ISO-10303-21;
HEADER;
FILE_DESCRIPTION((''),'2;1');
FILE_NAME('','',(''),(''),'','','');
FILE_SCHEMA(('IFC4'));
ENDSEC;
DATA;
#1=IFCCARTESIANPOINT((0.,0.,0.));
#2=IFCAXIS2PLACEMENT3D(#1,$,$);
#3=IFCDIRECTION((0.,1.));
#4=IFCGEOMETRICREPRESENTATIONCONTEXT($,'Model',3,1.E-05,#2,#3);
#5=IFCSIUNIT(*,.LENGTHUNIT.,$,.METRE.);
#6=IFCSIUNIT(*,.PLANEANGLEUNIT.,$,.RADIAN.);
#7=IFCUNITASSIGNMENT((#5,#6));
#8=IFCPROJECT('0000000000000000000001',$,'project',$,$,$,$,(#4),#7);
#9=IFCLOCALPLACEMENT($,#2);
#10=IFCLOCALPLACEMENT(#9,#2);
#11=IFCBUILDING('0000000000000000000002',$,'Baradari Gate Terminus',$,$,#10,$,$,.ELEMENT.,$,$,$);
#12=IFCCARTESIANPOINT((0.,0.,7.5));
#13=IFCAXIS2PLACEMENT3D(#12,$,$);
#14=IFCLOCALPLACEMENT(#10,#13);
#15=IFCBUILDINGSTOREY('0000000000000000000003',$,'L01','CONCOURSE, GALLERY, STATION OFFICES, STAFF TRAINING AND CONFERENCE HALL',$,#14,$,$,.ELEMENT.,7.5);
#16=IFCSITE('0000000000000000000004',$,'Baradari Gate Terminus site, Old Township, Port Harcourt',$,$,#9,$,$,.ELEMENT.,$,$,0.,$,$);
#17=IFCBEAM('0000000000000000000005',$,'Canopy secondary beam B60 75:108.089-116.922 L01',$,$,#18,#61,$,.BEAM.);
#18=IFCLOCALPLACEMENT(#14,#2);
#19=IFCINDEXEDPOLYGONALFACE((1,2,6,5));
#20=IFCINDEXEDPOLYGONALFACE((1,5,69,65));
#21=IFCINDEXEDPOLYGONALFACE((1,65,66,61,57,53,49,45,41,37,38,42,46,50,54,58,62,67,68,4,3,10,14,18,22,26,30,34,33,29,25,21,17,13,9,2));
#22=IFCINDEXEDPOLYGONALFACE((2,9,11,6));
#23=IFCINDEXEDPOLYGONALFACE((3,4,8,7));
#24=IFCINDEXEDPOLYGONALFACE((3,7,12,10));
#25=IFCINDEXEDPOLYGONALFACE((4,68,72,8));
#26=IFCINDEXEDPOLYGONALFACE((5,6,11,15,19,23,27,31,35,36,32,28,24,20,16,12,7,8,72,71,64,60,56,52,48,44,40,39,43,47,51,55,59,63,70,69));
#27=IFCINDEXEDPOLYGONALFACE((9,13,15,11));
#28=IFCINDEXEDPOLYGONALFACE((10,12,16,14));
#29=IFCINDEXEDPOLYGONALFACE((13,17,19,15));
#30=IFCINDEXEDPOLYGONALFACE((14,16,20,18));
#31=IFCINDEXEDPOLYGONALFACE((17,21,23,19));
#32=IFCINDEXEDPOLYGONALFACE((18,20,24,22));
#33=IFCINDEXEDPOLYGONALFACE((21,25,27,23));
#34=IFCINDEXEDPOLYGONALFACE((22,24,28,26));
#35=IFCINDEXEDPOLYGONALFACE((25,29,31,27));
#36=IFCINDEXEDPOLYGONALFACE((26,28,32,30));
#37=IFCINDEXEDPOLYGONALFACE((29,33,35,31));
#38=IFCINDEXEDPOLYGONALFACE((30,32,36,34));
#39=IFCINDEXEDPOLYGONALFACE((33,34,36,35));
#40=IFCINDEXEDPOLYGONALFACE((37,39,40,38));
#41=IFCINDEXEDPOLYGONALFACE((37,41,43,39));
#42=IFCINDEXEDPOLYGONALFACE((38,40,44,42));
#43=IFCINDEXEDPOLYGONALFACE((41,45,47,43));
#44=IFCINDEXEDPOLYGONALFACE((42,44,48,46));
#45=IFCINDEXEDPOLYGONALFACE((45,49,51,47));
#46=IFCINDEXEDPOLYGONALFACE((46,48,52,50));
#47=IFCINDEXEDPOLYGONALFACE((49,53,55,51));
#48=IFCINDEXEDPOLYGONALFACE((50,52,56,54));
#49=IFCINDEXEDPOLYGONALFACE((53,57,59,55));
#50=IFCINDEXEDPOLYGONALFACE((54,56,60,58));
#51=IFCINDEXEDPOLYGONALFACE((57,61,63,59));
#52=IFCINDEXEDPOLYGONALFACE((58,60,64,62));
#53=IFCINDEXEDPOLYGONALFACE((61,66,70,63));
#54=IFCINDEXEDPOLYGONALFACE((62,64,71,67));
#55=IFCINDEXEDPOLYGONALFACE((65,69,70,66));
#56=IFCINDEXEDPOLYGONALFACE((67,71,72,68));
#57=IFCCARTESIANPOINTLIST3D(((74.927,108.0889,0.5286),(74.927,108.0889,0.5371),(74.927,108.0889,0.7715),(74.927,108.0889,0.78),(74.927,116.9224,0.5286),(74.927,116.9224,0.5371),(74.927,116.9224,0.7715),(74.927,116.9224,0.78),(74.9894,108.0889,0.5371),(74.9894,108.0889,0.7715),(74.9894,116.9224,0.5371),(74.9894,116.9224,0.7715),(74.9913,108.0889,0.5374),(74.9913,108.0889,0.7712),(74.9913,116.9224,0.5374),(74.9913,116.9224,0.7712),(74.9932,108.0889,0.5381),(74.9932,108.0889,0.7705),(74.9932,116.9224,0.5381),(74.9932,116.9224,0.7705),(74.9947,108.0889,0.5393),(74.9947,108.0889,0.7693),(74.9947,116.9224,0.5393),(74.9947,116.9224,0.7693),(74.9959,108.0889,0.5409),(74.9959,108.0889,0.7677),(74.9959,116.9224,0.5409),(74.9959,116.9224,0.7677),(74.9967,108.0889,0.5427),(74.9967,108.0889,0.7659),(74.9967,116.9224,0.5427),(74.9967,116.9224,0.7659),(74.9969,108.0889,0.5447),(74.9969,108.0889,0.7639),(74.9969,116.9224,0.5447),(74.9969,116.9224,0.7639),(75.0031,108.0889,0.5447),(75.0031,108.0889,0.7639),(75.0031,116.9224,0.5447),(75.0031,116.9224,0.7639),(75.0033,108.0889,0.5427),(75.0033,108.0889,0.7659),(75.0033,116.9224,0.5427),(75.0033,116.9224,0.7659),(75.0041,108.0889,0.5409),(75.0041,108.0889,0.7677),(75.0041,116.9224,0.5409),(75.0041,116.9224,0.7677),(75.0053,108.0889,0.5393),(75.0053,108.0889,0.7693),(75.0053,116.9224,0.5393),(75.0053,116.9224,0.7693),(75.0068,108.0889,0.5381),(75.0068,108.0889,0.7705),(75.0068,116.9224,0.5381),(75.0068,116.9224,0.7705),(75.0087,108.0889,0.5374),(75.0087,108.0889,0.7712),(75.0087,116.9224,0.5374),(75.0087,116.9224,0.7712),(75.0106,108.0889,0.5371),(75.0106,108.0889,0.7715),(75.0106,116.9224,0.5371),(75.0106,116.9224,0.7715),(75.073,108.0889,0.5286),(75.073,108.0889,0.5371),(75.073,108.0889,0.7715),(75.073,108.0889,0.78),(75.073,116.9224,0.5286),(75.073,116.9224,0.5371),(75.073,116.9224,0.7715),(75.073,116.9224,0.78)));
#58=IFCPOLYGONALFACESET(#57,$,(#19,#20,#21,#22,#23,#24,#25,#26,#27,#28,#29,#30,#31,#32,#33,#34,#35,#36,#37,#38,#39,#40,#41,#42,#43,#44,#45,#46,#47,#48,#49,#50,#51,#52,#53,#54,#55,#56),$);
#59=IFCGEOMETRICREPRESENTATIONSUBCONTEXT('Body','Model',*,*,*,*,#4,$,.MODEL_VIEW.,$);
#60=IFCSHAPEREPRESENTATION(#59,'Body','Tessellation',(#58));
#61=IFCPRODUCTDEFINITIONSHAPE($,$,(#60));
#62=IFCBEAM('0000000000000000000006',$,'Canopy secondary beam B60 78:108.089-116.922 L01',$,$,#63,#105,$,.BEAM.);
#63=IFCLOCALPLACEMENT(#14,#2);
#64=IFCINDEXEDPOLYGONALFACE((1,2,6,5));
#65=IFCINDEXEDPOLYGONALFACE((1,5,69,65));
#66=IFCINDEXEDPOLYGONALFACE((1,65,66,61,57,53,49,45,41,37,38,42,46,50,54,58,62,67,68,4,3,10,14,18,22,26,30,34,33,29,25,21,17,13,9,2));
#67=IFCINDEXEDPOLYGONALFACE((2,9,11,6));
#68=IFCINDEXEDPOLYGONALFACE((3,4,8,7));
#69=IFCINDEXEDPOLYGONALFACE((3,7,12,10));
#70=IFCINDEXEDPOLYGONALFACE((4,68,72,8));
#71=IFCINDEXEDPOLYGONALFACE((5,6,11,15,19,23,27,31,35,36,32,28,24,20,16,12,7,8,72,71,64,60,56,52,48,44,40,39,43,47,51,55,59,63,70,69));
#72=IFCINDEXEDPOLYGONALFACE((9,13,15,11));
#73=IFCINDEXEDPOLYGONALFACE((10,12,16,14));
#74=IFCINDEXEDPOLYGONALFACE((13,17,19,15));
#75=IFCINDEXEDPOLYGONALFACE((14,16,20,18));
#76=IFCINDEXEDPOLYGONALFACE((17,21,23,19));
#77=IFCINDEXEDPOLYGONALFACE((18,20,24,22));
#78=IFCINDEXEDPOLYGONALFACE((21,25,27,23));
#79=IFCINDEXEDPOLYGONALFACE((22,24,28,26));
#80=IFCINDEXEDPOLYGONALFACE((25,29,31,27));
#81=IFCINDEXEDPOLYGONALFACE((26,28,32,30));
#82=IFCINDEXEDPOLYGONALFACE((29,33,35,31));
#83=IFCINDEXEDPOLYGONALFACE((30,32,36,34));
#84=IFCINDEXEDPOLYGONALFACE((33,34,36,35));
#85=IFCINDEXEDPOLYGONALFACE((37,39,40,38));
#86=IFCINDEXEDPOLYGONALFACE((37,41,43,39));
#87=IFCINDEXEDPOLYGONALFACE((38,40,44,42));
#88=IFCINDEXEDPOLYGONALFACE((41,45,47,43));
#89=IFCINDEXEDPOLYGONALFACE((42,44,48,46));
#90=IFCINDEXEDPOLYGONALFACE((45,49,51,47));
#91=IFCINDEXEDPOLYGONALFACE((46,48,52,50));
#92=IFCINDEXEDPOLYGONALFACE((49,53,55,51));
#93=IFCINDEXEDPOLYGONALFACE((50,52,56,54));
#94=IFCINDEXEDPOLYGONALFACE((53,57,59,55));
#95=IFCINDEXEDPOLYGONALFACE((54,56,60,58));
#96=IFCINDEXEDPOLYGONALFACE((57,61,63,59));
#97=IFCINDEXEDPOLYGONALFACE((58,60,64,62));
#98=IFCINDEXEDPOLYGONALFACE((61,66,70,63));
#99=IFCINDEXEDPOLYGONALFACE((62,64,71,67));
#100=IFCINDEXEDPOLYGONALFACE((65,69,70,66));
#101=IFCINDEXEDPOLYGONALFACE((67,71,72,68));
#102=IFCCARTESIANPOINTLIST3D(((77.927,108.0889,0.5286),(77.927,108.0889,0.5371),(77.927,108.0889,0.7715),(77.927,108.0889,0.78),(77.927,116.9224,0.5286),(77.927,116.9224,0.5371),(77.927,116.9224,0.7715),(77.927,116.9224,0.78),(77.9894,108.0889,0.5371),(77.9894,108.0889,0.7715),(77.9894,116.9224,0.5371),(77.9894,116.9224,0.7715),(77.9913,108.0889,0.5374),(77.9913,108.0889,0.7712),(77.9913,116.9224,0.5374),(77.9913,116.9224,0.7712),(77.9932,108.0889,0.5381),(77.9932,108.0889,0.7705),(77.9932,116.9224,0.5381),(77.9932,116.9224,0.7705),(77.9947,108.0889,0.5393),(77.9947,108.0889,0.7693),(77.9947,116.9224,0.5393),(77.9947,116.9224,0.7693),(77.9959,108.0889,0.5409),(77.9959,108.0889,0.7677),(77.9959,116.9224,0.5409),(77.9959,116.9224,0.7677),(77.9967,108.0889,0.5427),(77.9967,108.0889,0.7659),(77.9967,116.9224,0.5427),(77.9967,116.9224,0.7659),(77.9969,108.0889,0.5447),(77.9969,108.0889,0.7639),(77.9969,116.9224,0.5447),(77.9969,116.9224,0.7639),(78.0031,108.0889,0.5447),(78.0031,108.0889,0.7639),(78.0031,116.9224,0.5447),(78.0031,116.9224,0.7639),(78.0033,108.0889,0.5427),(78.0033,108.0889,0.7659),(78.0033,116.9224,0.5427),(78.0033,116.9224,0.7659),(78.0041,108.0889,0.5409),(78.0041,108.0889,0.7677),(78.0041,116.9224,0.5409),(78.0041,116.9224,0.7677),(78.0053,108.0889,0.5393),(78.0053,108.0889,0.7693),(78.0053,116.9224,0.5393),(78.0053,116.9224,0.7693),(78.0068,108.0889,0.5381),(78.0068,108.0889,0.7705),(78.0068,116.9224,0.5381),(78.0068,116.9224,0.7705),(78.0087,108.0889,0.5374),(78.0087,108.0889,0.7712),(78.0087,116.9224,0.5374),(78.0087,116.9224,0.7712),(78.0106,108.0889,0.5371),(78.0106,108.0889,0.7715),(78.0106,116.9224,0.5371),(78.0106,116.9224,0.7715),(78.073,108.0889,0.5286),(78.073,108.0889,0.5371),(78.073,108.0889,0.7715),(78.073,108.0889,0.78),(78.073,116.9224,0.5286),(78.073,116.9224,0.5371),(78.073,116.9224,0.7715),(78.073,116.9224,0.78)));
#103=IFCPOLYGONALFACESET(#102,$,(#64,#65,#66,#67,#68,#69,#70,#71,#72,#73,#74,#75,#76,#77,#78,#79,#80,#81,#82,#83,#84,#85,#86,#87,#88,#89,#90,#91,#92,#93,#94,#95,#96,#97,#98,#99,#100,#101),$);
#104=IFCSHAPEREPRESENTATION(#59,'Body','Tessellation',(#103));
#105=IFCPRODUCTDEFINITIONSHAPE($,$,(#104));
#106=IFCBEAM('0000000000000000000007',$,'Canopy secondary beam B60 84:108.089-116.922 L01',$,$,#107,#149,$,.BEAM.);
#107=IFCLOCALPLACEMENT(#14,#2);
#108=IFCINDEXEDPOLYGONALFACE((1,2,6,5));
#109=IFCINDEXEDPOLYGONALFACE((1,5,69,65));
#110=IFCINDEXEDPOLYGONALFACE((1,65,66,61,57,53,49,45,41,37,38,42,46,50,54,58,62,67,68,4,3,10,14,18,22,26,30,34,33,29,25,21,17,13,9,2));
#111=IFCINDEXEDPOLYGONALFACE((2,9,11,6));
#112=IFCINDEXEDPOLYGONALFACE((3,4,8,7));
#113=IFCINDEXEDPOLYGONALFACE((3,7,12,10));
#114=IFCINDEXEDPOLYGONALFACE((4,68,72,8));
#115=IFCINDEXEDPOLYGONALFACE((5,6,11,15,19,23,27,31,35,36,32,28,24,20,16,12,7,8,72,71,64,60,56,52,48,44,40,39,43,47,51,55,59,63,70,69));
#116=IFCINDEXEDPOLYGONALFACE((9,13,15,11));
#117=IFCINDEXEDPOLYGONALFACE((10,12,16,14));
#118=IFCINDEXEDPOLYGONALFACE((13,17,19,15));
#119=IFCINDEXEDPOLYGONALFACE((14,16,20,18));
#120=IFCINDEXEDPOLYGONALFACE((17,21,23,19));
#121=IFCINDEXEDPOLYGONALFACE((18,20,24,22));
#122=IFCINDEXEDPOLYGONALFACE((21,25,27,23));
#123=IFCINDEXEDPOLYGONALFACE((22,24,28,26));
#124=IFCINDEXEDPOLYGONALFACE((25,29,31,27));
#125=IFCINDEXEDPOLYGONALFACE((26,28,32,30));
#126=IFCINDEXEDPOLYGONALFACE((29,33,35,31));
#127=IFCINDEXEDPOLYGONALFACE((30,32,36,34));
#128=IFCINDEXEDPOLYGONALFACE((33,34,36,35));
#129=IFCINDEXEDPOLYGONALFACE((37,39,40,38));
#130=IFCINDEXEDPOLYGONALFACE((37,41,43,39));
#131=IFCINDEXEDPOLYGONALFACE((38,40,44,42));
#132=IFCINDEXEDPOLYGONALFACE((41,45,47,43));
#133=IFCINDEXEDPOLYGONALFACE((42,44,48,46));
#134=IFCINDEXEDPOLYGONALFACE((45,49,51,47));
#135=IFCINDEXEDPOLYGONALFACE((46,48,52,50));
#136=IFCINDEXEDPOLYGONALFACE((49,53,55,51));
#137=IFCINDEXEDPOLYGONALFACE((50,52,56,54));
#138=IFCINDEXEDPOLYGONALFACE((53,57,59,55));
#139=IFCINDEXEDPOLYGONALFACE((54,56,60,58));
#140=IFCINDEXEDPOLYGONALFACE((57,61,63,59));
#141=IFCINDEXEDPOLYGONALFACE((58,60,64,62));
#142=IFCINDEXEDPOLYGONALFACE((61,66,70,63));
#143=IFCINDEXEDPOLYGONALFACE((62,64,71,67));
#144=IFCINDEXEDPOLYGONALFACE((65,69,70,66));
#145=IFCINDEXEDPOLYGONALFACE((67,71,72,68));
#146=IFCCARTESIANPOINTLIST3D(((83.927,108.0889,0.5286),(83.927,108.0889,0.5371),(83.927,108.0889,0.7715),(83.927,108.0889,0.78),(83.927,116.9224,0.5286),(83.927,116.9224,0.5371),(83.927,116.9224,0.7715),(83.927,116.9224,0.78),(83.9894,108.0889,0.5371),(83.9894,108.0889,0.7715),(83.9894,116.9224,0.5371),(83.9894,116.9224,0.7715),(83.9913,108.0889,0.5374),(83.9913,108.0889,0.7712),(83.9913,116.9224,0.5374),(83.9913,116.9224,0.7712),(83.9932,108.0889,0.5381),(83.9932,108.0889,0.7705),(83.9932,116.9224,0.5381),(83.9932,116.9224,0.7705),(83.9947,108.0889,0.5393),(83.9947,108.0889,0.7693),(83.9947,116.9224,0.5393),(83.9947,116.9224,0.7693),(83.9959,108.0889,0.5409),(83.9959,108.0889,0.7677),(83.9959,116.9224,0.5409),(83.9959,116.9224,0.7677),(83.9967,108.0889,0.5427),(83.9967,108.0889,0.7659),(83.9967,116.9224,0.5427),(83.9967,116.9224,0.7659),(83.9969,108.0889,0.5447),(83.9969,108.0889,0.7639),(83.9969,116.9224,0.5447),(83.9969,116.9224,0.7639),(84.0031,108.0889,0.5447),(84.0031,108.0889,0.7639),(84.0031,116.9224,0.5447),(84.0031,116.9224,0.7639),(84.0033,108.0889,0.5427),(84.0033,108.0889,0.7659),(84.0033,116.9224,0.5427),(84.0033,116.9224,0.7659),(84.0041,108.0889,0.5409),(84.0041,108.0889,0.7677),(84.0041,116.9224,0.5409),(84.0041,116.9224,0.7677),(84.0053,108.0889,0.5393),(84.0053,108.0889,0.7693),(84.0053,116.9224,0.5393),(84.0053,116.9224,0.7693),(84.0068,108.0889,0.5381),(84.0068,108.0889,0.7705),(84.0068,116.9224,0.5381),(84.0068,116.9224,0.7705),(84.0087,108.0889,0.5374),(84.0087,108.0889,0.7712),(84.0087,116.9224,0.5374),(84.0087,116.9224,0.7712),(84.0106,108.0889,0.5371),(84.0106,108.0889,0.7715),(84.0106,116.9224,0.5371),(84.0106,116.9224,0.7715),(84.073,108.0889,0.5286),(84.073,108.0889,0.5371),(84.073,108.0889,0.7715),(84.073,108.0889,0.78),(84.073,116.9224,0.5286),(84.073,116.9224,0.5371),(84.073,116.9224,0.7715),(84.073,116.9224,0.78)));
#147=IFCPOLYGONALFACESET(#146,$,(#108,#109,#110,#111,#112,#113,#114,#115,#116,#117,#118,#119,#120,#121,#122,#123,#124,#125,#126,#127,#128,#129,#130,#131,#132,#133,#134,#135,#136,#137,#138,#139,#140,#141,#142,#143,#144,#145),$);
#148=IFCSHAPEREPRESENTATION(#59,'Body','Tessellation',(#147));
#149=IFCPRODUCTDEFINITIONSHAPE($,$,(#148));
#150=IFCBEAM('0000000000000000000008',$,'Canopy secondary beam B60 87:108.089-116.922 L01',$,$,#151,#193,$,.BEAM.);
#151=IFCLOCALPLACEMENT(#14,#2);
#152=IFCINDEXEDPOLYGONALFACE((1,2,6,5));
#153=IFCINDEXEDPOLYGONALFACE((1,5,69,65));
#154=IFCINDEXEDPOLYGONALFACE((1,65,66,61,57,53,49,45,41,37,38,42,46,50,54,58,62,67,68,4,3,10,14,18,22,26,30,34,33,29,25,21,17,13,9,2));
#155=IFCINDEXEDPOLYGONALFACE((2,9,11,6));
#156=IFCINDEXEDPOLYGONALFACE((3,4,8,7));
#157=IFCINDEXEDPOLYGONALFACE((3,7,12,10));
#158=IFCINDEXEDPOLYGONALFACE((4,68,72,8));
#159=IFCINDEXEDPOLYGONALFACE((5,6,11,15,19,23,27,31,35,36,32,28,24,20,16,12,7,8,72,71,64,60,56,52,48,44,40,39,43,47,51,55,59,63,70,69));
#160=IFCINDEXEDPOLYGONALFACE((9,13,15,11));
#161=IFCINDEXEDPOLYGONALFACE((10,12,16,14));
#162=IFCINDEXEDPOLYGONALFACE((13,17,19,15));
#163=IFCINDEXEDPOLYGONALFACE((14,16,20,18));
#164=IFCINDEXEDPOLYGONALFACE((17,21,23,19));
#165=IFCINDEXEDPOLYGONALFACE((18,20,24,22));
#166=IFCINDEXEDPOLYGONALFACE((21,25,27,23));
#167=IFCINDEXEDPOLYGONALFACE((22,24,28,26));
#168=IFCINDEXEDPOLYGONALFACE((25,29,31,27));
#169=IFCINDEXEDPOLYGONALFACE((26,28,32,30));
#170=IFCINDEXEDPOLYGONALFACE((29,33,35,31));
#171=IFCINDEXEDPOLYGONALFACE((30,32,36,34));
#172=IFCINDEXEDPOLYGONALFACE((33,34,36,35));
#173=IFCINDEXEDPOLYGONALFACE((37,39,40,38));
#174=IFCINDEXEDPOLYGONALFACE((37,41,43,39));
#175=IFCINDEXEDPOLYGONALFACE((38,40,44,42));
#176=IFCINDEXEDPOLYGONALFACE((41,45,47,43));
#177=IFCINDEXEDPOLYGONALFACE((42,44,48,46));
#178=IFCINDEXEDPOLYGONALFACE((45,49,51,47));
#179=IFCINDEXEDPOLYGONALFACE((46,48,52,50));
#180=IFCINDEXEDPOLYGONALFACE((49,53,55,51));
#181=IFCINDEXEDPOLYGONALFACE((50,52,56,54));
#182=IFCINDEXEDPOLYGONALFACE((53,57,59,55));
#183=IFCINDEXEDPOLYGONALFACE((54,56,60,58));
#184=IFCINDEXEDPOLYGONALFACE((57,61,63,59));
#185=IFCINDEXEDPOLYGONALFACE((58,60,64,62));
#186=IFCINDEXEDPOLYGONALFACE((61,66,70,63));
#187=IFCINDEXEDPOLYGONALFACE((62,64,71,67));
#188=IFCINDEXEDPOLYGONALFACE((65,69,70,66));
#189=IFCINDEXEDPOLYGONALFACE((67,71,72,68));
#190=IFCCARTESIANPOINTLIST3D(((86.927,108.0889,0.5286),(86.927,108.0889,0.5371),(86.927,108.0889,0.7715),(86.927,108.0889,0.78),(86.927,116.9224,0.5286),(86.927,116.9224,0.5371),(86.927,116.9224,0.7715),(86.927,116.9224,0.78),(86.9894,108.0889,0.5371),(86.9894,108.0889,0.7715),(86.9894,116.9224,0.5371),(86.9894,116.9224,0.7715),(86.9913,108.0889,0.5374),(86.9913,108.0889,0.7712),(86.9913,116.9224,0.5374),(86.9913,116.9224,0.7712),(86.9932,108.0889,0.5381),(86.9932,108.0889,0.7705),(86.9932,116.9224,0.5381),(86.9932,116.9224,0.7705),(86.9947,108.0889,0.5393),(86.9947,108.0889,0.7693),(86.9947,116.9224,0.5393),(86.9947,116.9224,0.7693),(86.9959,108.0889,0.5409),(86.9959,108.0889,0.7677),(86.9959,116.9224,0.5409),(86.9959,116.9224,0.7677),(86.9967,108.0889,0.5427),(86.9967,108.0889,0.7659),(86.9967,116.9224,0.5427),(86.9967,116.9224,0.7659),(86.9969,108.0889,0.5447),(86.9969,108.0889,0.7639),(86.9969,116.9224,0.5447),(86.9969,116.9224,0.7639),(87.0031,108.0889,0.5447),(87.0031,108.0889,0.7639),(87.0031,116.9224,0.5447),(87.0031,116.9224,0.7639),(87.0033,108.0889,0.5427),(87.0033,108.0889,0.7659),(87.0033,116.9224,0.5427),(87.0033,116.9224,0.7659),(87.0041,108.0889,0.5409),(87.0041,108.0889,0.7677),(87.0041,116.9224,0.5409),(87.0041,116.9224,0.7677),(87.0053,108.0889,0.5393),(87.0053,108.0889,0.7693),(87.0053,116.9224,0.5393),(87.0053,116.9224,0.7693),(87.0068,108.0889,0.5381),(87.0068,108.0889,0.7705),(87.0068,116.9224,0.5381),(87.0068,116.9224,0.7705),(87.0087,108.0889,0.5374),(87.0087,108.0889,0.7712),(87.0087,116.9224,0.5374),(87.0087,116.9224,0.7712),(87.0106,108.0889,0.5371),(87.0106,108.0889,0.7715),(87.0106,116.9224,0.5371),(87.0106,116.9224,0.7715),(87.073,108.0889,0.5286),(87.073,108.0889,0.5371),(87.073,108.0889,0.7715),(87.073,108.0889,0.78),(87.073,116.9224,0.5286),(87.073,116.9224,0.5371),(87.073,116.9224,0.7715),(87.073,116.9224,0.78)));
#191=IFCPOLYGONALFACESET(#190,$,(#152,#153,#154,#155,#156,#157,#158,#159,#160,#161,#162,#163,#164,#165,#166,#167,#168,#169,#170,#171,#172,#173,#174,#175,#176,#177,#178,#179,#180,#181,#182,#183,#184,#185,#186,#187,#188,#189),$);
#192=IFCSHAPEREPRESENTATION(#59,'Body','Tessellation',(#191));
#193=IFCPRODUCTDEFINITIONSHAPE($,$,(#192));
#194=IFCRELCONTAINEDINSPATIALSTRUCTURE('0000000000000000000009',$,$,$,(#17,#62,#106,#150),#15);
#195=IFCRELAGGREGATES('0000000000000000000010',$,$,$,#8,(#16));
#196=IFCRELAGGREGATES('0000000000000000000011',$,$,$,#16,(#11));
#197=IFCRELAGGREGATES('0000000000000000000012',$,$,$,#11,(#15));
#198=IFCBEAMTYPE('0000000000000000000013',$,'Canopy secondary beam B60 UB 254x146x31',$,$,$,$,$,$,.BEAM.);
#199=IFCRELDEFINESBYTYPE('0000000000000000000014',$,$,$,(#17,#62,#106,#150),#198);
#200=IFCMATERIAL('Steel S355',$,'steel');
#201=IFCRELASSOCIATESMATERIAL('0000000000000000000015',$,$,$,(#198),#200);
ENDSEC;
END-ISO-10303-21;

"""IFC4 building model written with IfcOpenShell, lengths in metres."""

from ifc_helpers import new_model, si_unit, direction, frame, origin, origin_2d, place, context, subcontext, project, spatial, i_section, extrude, material, material_profile, profile_set, type_object, element, save


model = new_model("IFC4")

# Units and contexts
model_context = context("Model", 3, precision=1e-05, world=origin(), true_north=direction((0.0, 1.0)))
body_context = subcontext(model_context, "Body", "Model", "MODEL_VIEW")
ifc_project = project(units=[si_unit("LENGTHUNIT", "METRE"), si_unit("PLANEANGLEUNIT", "RADIAN")], contexts=[model_context])

# Site, building, storey
site_placement = place(None, origin())
site = spatial("IfcSite", under=ifc_project, at=site_placement, Name="Baradari Gate Terminus site, Old Township, Port Harcourt", CompositionType="ELEMENT", RefElevation=0.0)
building_placement = place(site_placement, origin())
building = spatial("IfcBuilding", under=site, at=building_placement, Name="Baradari Gate Terminus", CompositionType="ELEMENT")
storey_placement = place(building_placement, frame((0.0, 0.0, 7.5)))
storey = spatial("IfcBuildingStorey", under=building, at=storey_placement, Name="L01", Description="CONCOURSE, GALLERY, STATION OFFICES, STAFF TRAINING AND CONFERENCE HALL", CompositionType="ELEMENT", Elevation=7.5)

# Beams
ifc_material_1 = material(Name="Steel S355", Category="steel")
ifc_material_profile_1 = material_profile(ifc_material_1, i_section(OverallWidth=0.146, OverallDepth=0.2515, WebThickness=0.0061, FlangeThickness=0.0085, FilletRadius=0.0076, at=origin_2d()), Name="UB 254x146x31")
ifc_profile_set_1 = profile_set([ifc_material_profile_1], Name="Steel S355")
beam_type_1 = type_object("IfcBeamType", Name="Canopy secondary beam B60 UB 254x146x31", PredefinedType="BEAM", material=ifc_profile_set_1)
for number, where, z_axis, x_axis, name in (
    (1, (75.0, 108.0889, 0.6543), (0.0, 1.0, 0.0), (-1.0, 0.0, 0.0), "Canopy secondary beam B60 75:108.089-116.922 L01"),
    (2, (78.0, 108.0889, 0.6543), (0.0, 1.0, 0.0), (-1.0, 0.0, 0.0), "Canopy secondary beam B60 78:108.089-116.922 L01"),
    (3, (84.0, 108.0889, 0.6543), (0.0, 1.0, 0.0), (-1.0, 0.0, 0.0), "Canopy secondary beam B60 84:108.089-116.922 L01"),
    (4, (87.0, 108.0889, 0.6543), (0.0, 1.0, 0.0), (-1.0, 0.0, 0.0), "Canopy secondary beam B60 87:108.089-116.922 L01"),
):
    element("IfcBeam", number, at=place(storey_placement, frame(where, z_axis=z_axis, x_axis=x_axis)), inside=storey, type_object=beam_type_1, Name=name, PredefinedType="BEAM", context=body_context, shape_type="SweptSolid", body=[
        extrude(i_section(OverallWidth=0.146, OverallDepth=0.2515, WebThickness=0.0061, FlangeThickness=0.0085, FilletRadius=0.0076, at=origin_2d()), origin(), (0.0, 0.0, 1.0), 8.8335),
    ])

save(model, "model.ifc")
